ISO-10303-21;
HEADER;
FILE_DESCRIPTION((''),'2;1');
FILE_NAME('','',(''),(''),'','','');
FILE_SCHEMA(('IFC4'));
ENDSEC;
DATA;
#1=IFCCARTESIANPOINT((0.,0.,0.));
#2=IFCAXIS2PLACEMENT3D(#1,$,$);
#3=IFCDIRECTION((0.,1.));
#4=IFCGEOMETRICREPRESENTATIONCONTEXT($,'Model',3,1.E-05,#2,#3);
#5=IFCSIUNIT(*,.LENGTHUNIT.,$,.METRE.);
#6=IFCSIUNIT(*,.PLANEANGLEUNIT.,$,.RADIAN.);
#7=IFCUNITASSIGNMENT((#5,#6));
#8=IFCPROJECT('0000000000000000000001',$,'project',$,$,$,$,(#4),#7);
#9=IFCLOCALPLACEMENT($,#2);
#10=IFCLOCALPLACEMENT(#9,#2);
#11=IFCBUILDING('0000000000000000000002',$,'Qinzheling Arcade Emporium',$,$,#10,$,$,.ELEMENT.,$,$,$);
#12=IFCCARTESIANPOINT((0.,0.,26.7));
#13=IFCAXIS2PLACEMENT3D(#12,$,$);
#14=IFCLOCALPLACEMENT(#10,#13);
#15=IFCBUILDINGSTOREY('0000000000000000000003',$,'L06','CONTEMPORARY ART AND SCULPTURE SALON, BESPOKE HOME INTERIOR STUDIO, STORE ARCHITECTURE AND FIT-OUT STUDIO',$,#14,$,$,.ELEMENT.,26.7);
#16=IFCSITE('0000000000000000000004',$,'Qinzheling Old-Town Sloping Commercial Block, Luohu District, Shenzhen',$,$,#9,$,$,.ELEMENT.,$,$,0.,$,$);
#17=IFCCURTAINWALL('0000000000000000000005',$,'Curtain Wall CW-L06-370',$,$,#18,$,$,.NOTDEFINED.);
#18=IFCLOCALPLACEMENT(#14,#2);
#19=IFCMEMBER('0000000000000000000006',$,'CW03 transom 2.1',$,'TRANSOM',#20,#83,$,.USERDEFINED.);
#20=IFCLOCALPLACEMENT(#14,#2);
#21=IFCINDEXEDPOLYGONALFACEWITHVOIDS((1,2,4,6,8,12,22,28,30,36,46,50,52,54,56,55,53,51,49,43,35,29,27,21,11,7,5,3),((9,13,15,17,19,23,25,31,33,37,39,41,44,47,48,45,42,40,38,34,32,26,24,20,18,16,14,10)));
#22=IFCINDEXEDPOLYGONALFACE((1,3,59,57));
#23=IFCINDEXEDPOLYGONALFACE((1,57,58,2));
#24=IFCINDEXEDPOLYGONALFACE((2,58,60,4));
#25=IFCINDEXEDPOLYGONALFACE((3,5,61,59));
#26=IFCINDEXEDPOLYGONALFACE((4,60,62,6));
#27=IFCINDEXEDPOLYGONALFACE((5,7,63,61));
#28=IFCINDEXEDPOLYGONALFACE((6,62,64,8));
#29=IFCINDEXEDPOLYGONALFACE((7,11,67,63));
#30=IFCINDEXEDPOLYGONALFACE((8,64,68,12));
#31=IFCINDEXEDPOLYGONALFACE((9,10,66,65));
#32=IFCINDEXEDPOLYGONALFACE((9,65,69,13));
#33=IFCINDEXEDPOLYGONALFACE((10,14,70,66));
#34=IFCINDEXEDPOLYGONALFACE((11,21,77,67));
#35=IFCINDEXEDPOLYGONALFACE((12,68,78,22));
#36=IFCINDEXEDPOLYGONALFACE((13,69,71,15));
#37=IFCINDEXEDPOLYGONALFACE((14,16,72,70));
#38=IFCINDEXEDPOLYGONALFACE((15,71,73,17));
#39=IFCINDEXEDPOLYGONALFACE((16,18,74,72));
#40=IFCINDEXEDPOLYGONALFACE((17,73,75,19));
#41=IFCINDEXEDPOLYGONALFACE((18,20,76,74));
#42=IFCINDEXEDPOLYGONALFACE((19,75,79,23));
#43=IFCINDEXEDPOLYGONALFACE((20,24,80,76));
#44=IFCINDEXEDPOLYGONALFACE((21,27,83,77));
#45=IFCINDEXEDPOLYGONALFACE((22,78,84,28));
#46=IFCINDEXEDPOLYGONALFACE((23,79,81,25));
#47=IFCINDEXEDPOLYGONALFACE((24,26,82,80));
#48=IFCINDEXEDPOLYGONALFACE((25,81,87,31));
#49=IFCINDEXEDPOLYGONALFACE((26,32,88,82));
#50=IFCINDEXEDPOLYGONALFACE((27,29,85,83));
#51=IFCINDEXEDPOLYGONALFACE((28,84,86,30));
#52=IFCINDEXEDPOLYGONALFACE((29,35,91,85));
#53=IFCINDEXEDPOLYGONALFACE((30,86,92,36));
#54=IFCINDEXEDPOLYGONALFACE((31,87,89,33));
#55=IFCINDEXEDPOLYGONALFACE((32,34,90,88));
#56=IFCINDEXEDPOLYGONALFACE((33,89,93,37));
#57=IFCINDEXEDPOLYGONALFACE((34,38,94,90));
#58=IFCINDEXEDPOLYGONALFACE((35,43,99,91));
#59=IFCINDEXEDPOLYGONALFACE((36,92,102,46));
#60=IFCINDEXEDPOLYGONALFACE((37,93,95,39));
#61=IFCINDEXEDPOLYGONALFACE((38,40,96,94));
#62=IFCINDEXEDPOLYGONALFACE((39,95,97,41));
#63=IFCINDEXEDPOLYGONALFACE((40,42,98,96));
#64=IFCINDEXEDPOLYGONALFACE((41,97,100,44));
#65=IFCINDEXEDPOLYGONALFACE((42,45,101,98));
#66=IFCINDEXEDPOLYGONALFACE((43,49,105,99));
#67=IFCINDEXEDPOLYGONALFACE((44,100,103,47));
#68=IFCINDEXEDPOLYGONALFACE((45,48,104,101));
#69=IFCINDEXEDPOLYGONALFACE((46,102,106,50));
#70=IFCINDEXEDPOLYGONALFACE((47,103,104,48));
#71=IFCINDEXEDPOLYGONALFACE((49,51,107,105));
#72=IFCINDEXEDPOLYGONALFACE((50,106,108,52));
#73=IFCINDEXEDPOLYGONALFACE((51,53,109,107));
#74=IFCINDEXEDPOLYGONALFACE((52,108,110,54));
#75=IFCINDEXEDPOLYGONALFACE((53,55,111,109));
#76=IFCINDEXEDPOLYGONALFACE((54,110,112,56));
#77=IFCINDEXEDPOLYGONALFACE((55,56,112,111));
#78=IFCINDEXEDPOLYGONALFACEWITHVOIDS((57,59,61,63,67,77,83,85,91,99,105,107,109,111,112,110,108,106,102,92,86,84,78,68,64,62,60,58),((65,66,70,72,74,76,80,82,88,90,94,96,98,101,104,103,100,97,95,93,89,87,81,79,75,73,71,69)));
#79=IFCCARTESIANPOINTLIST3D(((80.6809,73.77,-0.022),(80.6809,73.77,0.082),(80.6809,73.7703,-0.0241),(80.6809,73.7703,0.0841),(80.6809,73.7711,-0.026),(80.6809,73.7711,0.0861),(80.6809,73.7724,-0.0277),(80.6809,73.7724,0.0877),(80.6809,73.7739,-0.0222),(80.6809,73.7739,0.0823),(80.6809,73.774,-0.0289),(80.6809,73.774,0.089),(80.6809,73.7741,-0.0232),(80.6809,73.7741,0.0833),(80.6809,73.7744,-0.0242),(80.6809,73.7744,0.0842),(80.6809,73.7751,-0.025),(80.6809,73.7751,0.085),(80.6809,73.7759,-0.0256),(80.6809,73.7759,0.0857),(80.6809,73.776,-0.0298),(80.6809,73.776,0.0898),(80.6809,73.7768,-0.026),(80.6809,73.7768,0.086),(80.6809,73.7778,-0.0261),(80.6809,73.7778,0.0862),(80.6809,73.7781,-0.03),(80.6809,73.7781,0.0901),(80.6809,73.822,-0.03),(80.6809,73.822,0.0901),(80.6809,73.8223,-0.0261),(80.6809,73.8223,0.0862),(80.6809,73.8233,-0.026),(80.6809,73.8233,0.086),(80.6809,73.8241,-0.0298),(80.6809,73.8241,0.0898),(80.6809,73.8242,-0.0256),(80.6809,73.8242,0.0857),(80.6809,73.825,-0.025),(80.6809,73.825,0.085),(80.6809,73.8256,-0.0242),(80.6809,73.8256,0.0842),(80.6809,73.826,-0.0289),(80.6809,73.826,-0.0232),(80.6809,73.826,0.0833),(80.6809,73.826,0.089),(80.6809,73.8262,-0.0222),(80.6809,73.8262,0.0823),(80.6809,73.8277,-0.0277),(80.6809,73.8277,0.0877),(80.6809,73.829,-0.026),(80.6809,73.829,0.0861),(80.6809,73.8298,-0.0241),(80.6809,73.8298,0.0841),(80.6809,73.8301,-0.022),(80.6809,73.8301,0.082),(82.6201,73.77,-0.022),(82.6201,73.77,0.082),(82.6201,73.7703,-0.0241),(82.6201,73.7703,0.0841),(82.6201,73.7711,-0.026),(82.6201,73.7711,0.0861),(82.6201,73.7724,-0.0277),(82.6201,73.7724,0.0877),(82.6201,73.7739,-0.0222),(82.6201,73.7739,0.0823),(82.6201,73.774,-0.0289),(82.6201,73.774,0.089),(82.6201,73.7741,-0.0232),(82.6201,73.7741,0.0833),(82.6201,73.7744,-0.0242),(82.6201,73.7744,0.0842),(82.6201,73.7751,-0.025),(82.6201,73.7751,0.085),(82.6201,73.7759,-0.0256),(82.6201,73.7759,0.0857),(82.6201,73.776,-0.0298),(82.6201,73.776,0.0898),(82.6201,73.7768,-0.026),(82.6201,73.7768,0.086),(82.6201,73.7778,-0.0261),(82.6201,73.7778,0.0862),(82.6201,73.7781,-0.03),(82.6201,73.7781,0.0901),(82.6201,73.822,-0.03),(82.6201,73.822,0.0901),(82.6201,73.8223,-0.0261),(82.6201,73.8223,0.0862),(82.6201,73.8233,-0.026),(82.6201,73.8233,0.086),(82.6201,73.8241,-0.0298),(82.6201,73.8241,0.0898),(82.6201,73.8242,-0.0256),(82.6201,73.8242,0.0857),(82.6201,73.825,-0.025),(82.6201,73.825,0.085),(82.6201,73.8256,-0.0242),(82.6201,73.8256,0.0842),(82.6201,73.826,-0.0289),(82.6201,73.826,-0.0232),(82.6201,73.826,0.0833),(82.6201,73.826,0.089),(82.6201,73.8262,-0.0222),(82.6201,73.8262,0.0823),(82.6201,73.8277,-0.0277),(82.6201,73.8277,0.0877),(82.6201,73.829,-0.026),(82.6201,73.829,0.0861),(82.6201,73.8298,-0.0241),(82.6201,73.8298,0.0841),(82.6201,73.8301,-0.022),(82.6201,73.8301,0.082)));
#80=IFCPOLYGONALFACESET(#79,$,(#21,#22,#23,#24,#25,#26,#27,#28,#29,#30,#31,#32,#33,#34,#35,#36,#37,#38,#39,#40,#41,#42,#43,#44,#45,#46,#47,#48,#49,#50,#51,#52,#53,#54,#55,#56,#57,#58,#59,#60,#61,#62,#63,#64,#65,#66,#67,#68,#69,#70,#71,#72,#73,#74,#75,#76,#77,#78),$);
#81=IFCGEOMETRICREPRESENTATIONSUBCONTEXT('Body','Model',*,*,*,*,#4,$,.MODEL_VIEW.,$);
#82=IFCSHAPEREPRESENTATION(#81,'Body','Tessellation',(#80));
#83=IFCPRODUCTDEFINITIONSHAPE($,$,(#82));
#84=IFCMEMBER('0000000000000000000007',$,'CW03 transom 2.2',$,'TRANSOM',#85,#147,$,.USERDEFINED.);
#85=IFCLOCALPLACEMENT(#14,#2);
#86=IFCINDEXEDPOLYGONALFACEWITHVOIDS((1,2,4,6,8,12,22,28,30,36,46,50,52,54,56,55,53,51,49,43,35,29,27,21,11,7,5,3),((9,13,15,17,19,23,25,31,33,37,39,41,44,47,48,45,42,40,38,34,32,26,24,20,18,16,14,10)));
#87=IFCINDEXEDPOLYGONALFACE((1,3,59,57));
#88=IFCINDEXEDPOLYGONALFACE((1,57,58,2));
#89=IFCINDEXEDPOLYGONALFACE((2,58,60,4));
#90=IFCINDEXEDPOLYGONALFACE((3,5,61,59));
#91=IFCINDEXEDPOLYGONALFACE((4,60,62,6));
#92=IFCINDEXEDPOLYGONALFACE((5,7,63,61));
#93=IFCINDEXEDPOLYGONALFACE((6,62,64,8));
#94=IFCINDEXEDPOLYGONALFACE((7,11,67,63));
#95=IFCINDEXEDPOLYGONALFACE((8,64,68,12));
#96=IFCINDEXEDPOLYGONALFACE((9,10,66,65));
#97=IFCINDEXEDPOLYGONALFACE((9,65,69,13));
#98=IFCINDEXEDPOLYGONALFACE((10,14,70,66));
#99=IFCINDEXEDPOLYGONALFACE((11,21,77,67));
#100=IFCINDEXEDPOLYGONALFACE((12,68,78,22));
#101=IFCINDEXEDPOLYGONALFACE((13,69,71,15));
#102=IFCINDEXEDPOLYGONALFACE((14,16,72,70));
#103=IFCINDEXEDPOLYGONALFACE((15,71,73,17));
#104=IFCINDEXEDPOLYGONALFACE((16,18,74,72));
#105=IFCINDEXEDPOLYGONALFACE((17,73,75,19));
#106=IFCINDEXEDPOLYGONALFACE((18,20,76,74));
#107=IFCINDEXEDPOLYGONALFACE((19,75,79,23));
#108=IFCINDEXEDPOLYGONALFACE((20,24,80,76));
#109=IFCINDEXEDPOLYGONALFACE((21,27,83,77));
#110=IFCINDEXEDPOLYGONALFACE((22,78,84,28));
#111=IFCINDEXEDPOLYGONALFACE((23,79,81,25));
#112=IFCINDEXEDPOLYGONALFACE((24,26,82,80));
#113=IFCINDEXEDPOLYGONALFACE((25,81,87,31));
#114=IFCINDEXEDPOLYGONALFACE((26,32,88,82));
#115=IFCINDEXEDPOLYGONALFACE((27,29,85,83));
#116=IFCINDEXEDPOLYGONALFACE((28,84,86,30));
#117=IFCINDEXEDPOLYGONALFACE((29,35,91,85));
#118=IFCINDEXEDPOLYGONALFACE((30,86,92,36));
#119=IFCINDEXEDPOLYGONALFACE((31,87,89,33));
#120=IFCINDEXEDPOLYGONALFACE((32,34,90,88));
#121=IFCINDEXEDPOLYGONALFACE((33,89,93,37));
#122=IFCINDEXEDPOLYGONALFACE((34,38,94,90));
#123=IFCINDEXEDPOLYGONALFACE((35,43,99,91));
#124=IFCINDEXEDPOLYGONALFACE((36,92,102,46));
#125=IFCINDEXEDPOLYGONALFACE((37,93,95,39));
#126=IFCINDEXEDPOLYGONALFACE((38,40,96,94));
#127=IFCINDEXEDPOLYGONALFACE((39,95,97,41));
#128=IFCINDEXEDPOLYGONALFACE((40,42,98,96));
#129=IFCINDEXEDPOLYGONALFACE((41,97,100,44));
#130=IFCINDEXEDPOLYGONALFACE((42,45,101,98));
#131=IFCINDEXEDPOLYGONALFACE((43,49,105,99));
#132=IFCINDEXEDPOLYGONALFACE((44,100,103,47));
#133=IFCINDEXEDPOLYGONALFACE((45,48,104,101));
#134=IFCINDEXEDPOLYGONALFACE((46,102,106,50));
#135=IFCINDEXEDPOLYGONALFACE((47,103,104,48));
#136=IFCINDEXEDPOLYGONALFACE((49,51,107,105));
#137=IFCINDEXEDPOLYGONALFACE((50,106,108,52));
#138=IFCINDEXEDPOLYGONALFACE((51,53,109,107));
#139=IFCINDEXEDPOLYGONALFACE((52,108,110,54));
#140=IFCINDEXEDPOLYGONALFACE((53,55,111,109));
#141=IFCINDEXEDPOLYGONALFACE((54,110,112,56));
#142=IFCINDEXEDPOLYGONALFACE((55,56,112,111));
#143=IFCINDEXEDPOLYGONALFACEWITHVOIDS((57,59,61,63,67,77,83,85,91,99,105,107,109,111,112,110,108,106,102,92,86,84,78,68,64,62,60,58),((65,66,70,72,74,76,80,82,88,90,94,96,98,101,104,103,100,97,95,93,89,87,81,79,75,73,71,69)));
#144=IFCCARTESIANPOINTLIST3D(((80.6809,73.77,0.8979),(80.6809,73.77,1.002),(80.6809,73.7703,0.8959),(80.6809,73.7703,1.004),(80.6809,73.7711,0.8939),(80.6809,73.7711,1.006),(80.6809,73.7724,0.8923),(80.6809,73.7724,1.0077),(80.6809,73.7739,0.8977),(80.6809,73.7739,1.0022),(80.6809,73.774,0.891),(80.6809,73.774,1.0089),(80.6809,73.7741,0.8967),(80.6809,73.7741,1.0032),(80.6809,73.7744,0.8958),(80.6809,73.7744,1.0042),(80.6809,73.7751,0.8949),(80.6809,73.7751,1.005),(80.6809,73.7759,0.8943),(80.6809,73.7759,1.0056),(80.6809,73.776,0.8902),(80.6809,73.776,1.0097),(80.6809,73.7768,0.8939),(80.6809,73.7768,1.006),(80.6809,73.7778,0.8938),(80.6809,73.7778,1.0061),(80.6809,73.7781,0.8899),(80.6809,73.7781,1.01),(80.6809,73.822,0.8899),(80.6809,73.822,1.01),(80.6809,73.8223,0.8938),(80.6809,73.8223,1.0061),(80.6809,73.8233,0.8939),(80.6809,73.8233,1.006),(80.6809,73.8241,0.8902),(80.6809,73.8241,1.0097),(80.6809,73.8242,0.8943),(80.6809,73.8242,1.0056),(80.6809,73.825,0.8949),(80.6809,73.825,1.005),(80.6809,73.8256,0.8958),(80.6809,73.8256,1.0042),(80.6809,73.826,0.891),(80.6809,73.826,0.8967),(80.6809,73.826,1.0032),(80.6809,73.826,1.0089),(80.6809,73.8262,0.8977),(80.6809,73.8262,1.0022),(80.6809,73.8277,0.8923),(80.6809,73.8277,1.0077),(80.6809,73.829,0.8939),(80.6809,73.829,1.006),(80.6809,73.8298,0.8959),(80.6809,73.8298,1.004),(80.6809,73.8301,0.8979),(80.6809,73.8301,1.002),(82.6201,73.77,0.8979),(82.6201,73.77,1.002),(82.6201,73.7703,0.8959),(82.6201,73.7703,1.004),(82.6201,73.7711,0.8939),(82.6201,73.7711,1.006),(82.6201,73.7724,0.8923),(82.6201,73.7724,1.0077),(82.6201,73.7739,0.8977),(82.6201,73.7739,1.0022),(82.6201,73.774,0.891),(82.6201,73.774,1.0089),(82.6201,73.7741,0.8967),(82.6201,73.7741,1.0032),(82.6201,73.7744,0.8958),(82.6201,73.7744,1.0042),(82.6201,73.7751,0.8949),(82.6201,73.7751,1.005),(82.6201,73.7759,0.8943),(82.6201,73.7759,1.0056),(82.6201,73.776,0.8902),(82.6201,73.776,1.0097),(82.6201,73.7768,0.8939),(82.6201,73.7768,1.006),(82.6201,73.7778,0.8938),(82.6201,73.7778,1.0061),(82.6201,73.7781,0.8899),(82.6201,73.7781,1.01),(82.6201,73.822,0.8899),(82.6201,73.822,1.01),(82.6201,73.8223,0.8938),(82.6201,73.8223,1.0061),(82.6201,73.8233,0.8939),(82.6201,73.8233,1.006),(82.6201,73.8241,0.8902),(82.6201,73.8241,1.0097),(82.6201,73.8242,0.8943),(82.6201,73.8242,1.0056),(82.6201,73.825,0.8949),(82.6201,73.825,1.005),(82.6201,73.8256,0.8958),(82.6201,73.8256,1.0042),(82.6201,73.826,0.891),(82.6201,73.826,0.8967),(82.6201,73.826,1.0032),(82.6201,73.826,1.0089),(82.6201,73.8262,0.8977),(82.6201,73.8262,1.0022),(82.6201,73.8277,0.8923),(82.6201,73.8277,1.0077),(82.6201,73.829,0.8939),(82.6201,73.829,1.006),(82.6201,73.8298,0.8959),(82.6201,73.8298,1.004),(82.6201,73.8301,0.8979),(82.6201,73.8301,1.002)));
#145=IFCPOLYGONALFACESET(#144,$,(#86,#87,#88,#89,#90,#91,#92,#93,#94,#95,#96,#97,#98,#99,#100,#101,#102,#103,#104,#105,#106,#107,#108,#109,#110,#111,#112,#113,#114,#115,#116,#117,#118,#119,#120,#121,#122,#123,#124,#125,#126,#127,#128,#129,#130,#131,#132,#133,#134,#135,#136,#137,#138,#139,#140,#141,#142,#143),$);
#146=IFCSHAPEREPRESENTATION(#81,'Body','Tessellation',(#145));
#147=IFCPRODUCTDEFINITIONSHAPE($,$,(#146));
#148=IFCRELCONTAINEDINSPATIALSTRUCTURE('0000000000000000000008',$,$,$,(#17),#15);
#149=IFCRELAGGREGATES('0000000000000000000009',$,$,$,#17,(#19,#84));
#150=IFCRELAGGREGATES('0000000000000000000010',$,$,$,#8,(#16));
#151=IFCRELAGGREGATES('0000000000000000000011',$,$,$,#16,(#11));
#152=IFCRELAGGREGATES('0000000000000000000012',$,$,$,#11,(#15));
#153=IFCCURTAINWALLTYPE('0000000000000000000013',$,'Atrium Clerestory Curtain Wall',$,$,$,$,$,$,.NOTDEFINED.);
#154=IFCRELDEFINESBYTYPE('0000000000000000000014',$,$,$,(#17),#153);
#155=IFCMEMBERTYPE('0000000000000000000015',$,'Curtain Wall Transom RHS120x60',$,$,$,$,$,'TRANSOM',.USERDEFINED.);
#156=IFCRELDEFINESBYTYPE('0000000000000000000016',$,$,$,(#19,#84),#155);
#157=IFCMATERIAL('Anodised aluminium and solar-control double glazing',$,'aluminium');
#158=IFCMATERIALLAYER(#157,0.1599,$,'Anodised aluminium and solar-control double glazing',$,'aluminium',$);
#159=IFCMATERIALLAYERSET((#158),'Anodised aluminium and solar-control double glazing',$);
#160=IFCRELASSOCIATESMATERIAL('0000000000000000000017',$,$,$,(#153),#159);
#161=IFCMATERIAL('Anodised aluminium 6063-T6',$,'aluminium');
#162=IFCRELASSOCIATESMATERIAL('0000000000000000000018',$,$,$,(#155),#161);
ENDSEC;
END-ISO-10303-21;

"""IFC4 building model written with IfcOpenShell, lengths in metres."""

from ifc_helpers import new_model, si_unit, direction, frame, origin, origin_2d, place, context, subcontext, project, spatial, hollow_rectangle, extrude, material, layer, layer_set, material_profile, profile_set, type_object, element, aggregate, save


model = new_model("IFC4")

# Units and contexts
model_context = context("Model", 3, precision=1e-05, world=origin(), true_north=direction((0.0, 1.0)))
body_context = subcontext(model_context, "Body", "Model", "MODEL_VIEW")
ifc_project = project(units=[si_unit("LENGTHUNIT", "METRE"), si_unit("PLANEANGLEUNIT", "RADIAN")], contexts=[model_context])

# Site, building, storey
site_placement = place(None, origin())
site = spatial("IfcSite", under=ifc_project, at=site_placement, Name="Qinzheling Old-Town Sloping Commercial Block, Luohu District, Shenzhen", CompositionType="ELEMENT", RefElevation=0.0)
building_placement = place(site_placement, origin())
building = spatial("IfcBuilding", under=site, at=building_placement, Name="Qinzheling Arcade Emporium", CompositionType="ELEMENT")
storey_placement = place(building_placement, frame((0.0, 0.0, 26.7)))
storey = spatial("IfcBuildingStorey", under=building, at=storey_placement, Name="L06", Description="CONTEMPORARY ART AND SCULPTURE SALON, BESPOKE HOME INTERIOR STUDIO, STORE ARCHITECTURE AND FIT-OUT STUDIO", CompositionType="ELEMENT", Elevation=26.7)

# Curtain wall, members
ifc_material_1 = material(Name="Anodised aluminium and solar-control double glazing", Category="aluminium")
ifc_layer_1 = layer(ifc_material_1, 0.1599, Name="Anodised aluminium and solar-control double glazing", Category="aluminium")
ifc_layer_set_1 = layer_set([ifc_layer_1], Name="Anodised aluminium and solar-control double glazing")
curtain_wall_type = type_object("IfcCurtainWallType", Name="Atrium Clerestory Curtain Wall", PredefinedType="NOTDEFINED", material=ifc_layer_set_1)
curtain_wall_placement = place(storey_placement, origin())
curtain_wall = element("IfcCurtainWall", 1, at=curtain_wall_placement, inside=storey, type_object=curtain_wall_type, Name="Curtain Wall CW-L06-370", PredefinedType="NOTDEFINED")
ifc_material_2 = material(Name="Anodised aluminium 6063-T6", Category="aluminium")
ifc_material_profile_1 = material_profile(ifc_material_2, hollow_rectangle(XDim=0.0601, YDim=0.1201, WallThickness=0.0039, InnerFilletRadius=0.0039, OuterFilletRadius=0.0081, at=origin_2d()), Name="RHS 120x60x4", Category="aluminium")
ifc_profile_set_1 = profile_set([ifc_material_profile_1], Name="Anodised aluminium 6063-T6")
member_type_1 = type_object("IfcMemberType", Name="Curtain Wall Transom RHS120x60", ElementType="TRANSOM", PredefinedType="USERDEFINED", material=ifc_profile_set_1)
member_1_placement = place(storey_placement, frame((80.6809, 73.8, 0.03), z_axis=(1.0, 0.0, 0.0), x_axis=(0.0, 1.0, 0.0)))
member_1 = element("IfcMember", 2, at=member_1_placement, type_object=member_type_1, Name="CW03 transom 2.1", ObjectType="TRANSOM", PredefinedType="USERDEFINED", context=body_context, shape_type="SweptSolid", body=[
    extrude(hollow_rectangle(XDim=0.0601, YDim=0.1201, WallThickness=0.0039, InnerFilletRadius=0.0039, OuterFilletRadius=0.0081, at=origin_2d()), origin(), (0.0, 0.0, 1.0), 1.9392),
])
member_2_placement = place(storey_placement, frame((80.6809, 73.8, 0.95), z_axis=(1.0, 0.0, 0.0), x_axis=(0.0, 1.0, 0.0)))
member_2 = element("IfcMember", 3, at=member_2_placement, type_object=member_type_1, Name="CW03 transom 2.2", ObjectType="TRANSOM", PredefinedType="USERDEFINED", context=body_context, shape_type="SweptSolid", body=[
    extrude(hollow_rectangle(XDim=0.0601, YDim=0.1201, WallThickness=0.0039, InnerFilletRadius=0.0039, OuterFilletRadius=0.0081, at=origin_2d()), origin(), (0.0, 0.0, 1.0), 1.9392),
])

aggregate(curtain_wall, [member_1, member_2])

save(model, "model.ifc")
